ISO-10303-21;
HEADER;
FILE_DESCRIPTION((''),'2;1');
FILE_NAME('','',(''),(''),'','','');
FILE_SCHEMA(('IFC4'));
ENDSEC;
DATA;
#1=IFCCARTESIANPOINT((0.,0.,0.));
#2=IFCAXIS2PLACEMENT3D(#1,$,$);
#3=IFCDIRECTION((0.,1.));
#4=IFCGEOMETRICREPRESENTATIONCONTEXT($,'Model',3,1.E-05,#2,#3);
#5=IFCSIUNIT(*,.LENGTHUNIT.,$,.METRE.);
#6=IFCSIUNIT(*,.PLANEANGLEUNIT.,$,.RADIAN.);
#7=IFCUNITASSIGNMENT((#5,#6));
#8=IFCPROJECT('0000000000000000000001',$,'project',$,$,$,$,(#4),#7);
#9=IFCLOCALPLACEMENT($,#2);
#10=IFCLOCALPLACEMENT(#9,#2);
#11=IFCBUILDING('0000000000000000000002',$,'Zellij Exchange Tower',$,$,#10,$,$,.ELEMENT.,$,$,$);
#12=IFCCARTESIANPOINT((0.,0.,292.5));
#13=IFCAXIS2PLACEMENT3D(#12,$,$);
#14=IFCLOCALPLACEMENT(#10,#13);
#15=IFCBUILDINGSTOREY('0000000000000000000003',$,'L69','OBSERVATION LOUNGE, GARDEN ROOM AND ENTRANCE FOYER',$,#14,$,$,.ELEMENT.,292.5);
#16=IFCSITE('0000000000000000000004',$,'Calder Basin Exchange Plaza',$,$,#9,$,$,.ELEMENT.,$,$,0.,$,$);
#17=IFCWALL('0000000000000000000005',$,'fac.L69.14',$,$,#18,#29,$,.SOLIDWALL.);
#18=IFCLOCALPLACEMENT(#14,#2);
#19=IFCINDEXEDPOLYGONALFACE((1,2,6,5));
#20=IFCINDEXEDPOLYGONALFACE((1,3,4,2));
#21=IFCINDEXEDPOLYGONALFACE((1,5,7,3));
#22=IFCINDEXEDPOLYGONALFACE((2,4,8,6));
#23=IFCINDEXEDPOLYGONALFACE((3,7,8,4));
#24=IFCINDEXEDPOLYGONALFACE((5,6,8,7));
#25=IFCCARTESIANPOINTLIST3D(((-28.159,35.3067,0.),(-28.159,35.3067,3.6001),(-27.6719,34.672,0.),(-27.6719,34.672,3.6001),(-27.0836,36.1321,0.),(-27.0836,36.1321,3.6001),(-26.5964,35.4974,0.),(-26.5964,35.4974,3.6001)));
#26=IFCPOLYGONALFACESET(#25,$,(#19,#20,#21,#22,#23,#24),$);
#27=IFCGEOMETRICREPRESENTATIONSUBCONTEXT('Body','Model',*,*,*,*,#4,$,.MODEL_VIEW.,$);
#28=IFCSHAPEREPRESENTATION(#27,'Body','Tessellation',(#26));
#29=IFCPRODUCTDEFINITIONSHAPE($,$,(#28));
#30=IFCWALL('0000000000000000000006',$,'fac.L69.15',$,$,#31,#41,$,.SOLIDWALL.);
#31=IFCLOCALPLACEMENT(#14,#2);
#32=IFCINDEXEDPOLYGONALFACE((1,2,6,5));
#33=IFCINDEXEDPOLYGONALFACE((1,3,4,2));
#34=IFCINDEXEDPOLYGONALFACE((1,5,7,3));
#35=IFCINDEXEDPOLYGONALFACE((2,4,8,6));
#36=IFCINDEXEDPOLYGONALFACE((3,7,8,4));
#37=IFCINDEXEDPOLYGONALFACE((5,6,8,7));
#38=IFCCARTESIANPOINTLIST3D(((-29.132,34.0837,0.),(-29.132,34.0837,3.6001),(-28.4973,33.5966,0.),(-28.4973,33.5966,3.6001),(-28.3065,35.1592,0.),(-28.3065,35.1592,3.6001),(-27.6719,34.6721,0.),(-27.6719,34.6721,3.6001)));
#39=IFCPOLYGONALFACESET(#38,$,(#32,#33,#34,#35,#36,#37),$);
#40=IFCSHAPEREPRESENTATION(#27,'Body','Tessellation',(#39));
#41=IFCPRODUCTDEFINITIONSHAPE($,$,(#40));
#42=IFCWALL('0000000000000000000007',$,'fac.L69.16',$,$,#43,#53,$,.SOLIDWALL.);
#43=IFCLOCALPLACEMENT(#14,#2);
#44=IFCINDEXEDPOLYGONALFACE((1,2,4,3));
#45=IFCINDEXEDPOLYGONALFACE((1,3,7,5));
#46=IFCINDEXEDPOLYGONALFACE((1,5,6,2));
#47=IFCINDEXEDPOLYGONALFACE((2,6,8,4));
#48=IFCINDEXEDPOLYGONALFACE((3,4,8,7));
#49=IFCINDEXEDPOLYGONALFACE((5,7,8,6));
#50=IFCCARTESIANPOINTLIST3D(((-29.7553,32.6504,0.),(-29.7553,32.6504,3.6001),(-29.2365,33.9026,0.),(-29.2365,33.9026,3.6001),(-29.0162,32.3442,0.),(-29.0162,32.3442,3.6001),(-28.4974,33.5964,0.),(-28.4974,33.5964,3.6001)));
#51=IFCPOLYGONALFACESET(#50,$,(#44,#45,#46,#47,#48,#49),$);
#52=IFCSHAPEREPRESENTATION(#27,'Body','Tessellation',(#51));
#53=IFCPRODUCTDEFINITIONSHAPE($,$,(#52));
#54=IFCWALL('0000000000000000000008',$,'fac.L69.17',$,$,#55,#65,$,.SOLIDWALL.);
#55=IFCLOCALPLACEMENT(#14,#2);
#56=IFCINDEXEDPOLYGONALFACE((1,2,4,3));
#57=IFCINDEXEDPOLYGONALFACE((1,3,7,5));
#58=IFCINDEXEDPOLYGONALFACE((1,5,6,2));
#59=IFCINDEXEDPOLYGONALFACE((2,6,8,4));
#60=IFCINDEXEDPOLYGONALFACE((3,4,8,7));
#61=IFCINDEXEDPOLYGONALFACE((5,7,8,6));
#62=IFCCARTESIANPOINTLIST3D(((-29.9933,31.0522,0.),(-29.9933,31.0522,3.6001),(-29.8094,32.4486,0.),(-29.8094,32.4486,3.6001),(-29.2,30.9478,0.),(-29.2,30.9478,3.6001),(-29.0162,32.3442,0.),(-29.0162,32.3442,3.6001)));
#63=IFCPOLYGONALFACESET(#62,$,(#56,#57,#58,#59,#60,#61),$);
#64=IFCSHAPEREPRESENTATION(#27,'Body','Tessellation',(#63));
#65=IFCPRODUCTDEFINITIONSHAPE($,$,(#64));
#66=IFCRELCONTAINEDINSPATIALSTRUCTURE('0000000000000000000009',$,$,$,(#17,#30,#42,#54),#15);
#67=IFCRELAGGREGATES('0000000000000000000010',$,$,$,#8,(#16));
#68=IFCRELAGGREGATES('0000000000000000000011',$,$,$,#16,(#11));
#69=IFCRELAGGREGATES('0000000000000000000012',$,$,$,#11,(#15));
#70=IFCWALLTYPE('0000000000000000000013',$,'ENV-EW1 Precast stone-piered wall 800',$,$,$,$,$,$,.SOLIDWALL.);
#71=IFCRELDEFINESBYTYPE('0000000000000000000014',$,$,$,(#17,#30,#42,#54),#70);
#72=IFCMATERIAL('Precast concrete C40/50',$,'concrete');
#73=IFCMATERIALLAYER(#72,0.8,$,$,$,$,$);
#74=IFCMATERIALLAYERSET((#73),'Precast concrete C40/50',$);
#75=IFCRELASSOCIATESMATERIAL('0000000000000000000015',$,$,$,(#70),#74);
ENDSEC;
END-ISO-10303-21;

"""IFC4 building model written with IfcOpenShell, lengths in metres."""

from ifc_helpers import new_model, si_unit, direction, frame, frame_2d, origin, place, context, subcontext, project, spatial, rectangle, extrude, material, layer, layer_set, type_object, element, save


model = new_model("IFC4")

# Units and contexts
model_context = context("Model", 3, precision=1e-05, world=origin(), true_north=direction((0.0, 1.0)))
body_context = subcontext(model_context, "Body", "Model", "MODEL_VIEW")
ifc_project = project(units=[si_unit("LENGTHUNIT", "METRE"), si_unit("PLANEANGLEUNIT", "RADIAN")], contexts=[model_context])

# Site, building, storey
site_placement = place(None, origin())
site = spatial("IfcSite", under=ifc_project, at=site_placement, Name="Calder Basin Exchange Plaza", CompositionType="ELEMENT", RefElevation=0.0)
building_placement = place(site_placement, origin())
building = spatial("IfcBuilding", under=site, at=building_placement, Name="Zellij Exchange Tower", CompositionType="ELEMENT")
storey_placement = place(building_placement, frame((0.0, 0.0, 292.5)))
storey = spatial("IfcBuildingStorey", under=building, at=storey_placement, Name="L69", Description="OBSERVATION LOUNGE, GARDEN ROOM AND ENTRANCE FOYER", CompositionType="ELEMENT", Elevation=292.5)

# Walls
ifc_material_1 = material(Name="Precast concrete C40/50", Category="concrete")
ifc_layer = layer(ifc_material_1, 0.8)
ifc_layer_set = layer_set([ifc_layer], Name="Precast concrete C40/50")
wall_type = type_object("IfcWallType", Name="ENV-EW1 Precast stone-piered wall 800", PredefinedType="SOLIDWALL", material=ifc_layer_set)
for number, where, z_axis, x_axis, name in (
    (1, (-26.8401, 35.8147, 0.0), (0.0, 0.0, 1.0), (-0.793273, -0.608866, 0.0), "fac.L69.14"),
    (2, (-27.9893, 34.9155, 0.0), (0.0, 0.0, 1.0), (-0.608866, -0.793273, 0.0), "fac.L69.15"),
):
    element("IfcWall", number, at=place(storey_placement, frame(where, z_axis=z_axis, x_axis=x_axis)), inside=storey, type_object=wall_type, Name=name, PredefinedType="SOLIDWALL", context=body_context, shape_type="SweptSolid", body=[
        extrude(rectangle(XDim=1.3557, YDim=0.8, at=frame_2d((0.6777, 0.0))), origin(), (0.0, 0.0, 1.0), 3.6001),
    ])
wall_1_placement = place(storey_placement, frame((-28.8669, 33.7495, 0.0), z_axis=(0.0, 0.0, 1.0), x_axis=(-0.38276, -0.923848, 0.0)))
element("IfcWall", 3, at=wall_1_placement, inside=storey, type_object=wall_type, Name="fac.L69.16", PredefinedType="SOLIDWALL", context=body_context, shape_type="SweptSolid", body=[
    extrude(rectangle(XDim=1.3555, YDim=0.8, at=frame_2d((0.6777, 0.0))), origin(), (0.0, 0.0, 1.0), 3.6001),
])
wall_2_placement = place(storey_placement, frame((-29.4128, 32.3962, 0.0), z_axis=(0.0, 0.0, 1.0), x_axis=(-0.130517, -0.991446, 0.0)))
element("IfcWall", 4, at=wall_2_placement, inside=storey, type_object=wall_type, Name="fac.L69.17", PredefinedType="SOLIDWALL", context=body_context, shape_type="SweptSolid", body=[
    extrude(rectangle(XDim=1.4084, YDim=0.8, at=frame_2d((0.7041, 0.0))), origin(), (0.0, 0.0, 1.0), 3.6001),
])

save(model, "model.ifc")
